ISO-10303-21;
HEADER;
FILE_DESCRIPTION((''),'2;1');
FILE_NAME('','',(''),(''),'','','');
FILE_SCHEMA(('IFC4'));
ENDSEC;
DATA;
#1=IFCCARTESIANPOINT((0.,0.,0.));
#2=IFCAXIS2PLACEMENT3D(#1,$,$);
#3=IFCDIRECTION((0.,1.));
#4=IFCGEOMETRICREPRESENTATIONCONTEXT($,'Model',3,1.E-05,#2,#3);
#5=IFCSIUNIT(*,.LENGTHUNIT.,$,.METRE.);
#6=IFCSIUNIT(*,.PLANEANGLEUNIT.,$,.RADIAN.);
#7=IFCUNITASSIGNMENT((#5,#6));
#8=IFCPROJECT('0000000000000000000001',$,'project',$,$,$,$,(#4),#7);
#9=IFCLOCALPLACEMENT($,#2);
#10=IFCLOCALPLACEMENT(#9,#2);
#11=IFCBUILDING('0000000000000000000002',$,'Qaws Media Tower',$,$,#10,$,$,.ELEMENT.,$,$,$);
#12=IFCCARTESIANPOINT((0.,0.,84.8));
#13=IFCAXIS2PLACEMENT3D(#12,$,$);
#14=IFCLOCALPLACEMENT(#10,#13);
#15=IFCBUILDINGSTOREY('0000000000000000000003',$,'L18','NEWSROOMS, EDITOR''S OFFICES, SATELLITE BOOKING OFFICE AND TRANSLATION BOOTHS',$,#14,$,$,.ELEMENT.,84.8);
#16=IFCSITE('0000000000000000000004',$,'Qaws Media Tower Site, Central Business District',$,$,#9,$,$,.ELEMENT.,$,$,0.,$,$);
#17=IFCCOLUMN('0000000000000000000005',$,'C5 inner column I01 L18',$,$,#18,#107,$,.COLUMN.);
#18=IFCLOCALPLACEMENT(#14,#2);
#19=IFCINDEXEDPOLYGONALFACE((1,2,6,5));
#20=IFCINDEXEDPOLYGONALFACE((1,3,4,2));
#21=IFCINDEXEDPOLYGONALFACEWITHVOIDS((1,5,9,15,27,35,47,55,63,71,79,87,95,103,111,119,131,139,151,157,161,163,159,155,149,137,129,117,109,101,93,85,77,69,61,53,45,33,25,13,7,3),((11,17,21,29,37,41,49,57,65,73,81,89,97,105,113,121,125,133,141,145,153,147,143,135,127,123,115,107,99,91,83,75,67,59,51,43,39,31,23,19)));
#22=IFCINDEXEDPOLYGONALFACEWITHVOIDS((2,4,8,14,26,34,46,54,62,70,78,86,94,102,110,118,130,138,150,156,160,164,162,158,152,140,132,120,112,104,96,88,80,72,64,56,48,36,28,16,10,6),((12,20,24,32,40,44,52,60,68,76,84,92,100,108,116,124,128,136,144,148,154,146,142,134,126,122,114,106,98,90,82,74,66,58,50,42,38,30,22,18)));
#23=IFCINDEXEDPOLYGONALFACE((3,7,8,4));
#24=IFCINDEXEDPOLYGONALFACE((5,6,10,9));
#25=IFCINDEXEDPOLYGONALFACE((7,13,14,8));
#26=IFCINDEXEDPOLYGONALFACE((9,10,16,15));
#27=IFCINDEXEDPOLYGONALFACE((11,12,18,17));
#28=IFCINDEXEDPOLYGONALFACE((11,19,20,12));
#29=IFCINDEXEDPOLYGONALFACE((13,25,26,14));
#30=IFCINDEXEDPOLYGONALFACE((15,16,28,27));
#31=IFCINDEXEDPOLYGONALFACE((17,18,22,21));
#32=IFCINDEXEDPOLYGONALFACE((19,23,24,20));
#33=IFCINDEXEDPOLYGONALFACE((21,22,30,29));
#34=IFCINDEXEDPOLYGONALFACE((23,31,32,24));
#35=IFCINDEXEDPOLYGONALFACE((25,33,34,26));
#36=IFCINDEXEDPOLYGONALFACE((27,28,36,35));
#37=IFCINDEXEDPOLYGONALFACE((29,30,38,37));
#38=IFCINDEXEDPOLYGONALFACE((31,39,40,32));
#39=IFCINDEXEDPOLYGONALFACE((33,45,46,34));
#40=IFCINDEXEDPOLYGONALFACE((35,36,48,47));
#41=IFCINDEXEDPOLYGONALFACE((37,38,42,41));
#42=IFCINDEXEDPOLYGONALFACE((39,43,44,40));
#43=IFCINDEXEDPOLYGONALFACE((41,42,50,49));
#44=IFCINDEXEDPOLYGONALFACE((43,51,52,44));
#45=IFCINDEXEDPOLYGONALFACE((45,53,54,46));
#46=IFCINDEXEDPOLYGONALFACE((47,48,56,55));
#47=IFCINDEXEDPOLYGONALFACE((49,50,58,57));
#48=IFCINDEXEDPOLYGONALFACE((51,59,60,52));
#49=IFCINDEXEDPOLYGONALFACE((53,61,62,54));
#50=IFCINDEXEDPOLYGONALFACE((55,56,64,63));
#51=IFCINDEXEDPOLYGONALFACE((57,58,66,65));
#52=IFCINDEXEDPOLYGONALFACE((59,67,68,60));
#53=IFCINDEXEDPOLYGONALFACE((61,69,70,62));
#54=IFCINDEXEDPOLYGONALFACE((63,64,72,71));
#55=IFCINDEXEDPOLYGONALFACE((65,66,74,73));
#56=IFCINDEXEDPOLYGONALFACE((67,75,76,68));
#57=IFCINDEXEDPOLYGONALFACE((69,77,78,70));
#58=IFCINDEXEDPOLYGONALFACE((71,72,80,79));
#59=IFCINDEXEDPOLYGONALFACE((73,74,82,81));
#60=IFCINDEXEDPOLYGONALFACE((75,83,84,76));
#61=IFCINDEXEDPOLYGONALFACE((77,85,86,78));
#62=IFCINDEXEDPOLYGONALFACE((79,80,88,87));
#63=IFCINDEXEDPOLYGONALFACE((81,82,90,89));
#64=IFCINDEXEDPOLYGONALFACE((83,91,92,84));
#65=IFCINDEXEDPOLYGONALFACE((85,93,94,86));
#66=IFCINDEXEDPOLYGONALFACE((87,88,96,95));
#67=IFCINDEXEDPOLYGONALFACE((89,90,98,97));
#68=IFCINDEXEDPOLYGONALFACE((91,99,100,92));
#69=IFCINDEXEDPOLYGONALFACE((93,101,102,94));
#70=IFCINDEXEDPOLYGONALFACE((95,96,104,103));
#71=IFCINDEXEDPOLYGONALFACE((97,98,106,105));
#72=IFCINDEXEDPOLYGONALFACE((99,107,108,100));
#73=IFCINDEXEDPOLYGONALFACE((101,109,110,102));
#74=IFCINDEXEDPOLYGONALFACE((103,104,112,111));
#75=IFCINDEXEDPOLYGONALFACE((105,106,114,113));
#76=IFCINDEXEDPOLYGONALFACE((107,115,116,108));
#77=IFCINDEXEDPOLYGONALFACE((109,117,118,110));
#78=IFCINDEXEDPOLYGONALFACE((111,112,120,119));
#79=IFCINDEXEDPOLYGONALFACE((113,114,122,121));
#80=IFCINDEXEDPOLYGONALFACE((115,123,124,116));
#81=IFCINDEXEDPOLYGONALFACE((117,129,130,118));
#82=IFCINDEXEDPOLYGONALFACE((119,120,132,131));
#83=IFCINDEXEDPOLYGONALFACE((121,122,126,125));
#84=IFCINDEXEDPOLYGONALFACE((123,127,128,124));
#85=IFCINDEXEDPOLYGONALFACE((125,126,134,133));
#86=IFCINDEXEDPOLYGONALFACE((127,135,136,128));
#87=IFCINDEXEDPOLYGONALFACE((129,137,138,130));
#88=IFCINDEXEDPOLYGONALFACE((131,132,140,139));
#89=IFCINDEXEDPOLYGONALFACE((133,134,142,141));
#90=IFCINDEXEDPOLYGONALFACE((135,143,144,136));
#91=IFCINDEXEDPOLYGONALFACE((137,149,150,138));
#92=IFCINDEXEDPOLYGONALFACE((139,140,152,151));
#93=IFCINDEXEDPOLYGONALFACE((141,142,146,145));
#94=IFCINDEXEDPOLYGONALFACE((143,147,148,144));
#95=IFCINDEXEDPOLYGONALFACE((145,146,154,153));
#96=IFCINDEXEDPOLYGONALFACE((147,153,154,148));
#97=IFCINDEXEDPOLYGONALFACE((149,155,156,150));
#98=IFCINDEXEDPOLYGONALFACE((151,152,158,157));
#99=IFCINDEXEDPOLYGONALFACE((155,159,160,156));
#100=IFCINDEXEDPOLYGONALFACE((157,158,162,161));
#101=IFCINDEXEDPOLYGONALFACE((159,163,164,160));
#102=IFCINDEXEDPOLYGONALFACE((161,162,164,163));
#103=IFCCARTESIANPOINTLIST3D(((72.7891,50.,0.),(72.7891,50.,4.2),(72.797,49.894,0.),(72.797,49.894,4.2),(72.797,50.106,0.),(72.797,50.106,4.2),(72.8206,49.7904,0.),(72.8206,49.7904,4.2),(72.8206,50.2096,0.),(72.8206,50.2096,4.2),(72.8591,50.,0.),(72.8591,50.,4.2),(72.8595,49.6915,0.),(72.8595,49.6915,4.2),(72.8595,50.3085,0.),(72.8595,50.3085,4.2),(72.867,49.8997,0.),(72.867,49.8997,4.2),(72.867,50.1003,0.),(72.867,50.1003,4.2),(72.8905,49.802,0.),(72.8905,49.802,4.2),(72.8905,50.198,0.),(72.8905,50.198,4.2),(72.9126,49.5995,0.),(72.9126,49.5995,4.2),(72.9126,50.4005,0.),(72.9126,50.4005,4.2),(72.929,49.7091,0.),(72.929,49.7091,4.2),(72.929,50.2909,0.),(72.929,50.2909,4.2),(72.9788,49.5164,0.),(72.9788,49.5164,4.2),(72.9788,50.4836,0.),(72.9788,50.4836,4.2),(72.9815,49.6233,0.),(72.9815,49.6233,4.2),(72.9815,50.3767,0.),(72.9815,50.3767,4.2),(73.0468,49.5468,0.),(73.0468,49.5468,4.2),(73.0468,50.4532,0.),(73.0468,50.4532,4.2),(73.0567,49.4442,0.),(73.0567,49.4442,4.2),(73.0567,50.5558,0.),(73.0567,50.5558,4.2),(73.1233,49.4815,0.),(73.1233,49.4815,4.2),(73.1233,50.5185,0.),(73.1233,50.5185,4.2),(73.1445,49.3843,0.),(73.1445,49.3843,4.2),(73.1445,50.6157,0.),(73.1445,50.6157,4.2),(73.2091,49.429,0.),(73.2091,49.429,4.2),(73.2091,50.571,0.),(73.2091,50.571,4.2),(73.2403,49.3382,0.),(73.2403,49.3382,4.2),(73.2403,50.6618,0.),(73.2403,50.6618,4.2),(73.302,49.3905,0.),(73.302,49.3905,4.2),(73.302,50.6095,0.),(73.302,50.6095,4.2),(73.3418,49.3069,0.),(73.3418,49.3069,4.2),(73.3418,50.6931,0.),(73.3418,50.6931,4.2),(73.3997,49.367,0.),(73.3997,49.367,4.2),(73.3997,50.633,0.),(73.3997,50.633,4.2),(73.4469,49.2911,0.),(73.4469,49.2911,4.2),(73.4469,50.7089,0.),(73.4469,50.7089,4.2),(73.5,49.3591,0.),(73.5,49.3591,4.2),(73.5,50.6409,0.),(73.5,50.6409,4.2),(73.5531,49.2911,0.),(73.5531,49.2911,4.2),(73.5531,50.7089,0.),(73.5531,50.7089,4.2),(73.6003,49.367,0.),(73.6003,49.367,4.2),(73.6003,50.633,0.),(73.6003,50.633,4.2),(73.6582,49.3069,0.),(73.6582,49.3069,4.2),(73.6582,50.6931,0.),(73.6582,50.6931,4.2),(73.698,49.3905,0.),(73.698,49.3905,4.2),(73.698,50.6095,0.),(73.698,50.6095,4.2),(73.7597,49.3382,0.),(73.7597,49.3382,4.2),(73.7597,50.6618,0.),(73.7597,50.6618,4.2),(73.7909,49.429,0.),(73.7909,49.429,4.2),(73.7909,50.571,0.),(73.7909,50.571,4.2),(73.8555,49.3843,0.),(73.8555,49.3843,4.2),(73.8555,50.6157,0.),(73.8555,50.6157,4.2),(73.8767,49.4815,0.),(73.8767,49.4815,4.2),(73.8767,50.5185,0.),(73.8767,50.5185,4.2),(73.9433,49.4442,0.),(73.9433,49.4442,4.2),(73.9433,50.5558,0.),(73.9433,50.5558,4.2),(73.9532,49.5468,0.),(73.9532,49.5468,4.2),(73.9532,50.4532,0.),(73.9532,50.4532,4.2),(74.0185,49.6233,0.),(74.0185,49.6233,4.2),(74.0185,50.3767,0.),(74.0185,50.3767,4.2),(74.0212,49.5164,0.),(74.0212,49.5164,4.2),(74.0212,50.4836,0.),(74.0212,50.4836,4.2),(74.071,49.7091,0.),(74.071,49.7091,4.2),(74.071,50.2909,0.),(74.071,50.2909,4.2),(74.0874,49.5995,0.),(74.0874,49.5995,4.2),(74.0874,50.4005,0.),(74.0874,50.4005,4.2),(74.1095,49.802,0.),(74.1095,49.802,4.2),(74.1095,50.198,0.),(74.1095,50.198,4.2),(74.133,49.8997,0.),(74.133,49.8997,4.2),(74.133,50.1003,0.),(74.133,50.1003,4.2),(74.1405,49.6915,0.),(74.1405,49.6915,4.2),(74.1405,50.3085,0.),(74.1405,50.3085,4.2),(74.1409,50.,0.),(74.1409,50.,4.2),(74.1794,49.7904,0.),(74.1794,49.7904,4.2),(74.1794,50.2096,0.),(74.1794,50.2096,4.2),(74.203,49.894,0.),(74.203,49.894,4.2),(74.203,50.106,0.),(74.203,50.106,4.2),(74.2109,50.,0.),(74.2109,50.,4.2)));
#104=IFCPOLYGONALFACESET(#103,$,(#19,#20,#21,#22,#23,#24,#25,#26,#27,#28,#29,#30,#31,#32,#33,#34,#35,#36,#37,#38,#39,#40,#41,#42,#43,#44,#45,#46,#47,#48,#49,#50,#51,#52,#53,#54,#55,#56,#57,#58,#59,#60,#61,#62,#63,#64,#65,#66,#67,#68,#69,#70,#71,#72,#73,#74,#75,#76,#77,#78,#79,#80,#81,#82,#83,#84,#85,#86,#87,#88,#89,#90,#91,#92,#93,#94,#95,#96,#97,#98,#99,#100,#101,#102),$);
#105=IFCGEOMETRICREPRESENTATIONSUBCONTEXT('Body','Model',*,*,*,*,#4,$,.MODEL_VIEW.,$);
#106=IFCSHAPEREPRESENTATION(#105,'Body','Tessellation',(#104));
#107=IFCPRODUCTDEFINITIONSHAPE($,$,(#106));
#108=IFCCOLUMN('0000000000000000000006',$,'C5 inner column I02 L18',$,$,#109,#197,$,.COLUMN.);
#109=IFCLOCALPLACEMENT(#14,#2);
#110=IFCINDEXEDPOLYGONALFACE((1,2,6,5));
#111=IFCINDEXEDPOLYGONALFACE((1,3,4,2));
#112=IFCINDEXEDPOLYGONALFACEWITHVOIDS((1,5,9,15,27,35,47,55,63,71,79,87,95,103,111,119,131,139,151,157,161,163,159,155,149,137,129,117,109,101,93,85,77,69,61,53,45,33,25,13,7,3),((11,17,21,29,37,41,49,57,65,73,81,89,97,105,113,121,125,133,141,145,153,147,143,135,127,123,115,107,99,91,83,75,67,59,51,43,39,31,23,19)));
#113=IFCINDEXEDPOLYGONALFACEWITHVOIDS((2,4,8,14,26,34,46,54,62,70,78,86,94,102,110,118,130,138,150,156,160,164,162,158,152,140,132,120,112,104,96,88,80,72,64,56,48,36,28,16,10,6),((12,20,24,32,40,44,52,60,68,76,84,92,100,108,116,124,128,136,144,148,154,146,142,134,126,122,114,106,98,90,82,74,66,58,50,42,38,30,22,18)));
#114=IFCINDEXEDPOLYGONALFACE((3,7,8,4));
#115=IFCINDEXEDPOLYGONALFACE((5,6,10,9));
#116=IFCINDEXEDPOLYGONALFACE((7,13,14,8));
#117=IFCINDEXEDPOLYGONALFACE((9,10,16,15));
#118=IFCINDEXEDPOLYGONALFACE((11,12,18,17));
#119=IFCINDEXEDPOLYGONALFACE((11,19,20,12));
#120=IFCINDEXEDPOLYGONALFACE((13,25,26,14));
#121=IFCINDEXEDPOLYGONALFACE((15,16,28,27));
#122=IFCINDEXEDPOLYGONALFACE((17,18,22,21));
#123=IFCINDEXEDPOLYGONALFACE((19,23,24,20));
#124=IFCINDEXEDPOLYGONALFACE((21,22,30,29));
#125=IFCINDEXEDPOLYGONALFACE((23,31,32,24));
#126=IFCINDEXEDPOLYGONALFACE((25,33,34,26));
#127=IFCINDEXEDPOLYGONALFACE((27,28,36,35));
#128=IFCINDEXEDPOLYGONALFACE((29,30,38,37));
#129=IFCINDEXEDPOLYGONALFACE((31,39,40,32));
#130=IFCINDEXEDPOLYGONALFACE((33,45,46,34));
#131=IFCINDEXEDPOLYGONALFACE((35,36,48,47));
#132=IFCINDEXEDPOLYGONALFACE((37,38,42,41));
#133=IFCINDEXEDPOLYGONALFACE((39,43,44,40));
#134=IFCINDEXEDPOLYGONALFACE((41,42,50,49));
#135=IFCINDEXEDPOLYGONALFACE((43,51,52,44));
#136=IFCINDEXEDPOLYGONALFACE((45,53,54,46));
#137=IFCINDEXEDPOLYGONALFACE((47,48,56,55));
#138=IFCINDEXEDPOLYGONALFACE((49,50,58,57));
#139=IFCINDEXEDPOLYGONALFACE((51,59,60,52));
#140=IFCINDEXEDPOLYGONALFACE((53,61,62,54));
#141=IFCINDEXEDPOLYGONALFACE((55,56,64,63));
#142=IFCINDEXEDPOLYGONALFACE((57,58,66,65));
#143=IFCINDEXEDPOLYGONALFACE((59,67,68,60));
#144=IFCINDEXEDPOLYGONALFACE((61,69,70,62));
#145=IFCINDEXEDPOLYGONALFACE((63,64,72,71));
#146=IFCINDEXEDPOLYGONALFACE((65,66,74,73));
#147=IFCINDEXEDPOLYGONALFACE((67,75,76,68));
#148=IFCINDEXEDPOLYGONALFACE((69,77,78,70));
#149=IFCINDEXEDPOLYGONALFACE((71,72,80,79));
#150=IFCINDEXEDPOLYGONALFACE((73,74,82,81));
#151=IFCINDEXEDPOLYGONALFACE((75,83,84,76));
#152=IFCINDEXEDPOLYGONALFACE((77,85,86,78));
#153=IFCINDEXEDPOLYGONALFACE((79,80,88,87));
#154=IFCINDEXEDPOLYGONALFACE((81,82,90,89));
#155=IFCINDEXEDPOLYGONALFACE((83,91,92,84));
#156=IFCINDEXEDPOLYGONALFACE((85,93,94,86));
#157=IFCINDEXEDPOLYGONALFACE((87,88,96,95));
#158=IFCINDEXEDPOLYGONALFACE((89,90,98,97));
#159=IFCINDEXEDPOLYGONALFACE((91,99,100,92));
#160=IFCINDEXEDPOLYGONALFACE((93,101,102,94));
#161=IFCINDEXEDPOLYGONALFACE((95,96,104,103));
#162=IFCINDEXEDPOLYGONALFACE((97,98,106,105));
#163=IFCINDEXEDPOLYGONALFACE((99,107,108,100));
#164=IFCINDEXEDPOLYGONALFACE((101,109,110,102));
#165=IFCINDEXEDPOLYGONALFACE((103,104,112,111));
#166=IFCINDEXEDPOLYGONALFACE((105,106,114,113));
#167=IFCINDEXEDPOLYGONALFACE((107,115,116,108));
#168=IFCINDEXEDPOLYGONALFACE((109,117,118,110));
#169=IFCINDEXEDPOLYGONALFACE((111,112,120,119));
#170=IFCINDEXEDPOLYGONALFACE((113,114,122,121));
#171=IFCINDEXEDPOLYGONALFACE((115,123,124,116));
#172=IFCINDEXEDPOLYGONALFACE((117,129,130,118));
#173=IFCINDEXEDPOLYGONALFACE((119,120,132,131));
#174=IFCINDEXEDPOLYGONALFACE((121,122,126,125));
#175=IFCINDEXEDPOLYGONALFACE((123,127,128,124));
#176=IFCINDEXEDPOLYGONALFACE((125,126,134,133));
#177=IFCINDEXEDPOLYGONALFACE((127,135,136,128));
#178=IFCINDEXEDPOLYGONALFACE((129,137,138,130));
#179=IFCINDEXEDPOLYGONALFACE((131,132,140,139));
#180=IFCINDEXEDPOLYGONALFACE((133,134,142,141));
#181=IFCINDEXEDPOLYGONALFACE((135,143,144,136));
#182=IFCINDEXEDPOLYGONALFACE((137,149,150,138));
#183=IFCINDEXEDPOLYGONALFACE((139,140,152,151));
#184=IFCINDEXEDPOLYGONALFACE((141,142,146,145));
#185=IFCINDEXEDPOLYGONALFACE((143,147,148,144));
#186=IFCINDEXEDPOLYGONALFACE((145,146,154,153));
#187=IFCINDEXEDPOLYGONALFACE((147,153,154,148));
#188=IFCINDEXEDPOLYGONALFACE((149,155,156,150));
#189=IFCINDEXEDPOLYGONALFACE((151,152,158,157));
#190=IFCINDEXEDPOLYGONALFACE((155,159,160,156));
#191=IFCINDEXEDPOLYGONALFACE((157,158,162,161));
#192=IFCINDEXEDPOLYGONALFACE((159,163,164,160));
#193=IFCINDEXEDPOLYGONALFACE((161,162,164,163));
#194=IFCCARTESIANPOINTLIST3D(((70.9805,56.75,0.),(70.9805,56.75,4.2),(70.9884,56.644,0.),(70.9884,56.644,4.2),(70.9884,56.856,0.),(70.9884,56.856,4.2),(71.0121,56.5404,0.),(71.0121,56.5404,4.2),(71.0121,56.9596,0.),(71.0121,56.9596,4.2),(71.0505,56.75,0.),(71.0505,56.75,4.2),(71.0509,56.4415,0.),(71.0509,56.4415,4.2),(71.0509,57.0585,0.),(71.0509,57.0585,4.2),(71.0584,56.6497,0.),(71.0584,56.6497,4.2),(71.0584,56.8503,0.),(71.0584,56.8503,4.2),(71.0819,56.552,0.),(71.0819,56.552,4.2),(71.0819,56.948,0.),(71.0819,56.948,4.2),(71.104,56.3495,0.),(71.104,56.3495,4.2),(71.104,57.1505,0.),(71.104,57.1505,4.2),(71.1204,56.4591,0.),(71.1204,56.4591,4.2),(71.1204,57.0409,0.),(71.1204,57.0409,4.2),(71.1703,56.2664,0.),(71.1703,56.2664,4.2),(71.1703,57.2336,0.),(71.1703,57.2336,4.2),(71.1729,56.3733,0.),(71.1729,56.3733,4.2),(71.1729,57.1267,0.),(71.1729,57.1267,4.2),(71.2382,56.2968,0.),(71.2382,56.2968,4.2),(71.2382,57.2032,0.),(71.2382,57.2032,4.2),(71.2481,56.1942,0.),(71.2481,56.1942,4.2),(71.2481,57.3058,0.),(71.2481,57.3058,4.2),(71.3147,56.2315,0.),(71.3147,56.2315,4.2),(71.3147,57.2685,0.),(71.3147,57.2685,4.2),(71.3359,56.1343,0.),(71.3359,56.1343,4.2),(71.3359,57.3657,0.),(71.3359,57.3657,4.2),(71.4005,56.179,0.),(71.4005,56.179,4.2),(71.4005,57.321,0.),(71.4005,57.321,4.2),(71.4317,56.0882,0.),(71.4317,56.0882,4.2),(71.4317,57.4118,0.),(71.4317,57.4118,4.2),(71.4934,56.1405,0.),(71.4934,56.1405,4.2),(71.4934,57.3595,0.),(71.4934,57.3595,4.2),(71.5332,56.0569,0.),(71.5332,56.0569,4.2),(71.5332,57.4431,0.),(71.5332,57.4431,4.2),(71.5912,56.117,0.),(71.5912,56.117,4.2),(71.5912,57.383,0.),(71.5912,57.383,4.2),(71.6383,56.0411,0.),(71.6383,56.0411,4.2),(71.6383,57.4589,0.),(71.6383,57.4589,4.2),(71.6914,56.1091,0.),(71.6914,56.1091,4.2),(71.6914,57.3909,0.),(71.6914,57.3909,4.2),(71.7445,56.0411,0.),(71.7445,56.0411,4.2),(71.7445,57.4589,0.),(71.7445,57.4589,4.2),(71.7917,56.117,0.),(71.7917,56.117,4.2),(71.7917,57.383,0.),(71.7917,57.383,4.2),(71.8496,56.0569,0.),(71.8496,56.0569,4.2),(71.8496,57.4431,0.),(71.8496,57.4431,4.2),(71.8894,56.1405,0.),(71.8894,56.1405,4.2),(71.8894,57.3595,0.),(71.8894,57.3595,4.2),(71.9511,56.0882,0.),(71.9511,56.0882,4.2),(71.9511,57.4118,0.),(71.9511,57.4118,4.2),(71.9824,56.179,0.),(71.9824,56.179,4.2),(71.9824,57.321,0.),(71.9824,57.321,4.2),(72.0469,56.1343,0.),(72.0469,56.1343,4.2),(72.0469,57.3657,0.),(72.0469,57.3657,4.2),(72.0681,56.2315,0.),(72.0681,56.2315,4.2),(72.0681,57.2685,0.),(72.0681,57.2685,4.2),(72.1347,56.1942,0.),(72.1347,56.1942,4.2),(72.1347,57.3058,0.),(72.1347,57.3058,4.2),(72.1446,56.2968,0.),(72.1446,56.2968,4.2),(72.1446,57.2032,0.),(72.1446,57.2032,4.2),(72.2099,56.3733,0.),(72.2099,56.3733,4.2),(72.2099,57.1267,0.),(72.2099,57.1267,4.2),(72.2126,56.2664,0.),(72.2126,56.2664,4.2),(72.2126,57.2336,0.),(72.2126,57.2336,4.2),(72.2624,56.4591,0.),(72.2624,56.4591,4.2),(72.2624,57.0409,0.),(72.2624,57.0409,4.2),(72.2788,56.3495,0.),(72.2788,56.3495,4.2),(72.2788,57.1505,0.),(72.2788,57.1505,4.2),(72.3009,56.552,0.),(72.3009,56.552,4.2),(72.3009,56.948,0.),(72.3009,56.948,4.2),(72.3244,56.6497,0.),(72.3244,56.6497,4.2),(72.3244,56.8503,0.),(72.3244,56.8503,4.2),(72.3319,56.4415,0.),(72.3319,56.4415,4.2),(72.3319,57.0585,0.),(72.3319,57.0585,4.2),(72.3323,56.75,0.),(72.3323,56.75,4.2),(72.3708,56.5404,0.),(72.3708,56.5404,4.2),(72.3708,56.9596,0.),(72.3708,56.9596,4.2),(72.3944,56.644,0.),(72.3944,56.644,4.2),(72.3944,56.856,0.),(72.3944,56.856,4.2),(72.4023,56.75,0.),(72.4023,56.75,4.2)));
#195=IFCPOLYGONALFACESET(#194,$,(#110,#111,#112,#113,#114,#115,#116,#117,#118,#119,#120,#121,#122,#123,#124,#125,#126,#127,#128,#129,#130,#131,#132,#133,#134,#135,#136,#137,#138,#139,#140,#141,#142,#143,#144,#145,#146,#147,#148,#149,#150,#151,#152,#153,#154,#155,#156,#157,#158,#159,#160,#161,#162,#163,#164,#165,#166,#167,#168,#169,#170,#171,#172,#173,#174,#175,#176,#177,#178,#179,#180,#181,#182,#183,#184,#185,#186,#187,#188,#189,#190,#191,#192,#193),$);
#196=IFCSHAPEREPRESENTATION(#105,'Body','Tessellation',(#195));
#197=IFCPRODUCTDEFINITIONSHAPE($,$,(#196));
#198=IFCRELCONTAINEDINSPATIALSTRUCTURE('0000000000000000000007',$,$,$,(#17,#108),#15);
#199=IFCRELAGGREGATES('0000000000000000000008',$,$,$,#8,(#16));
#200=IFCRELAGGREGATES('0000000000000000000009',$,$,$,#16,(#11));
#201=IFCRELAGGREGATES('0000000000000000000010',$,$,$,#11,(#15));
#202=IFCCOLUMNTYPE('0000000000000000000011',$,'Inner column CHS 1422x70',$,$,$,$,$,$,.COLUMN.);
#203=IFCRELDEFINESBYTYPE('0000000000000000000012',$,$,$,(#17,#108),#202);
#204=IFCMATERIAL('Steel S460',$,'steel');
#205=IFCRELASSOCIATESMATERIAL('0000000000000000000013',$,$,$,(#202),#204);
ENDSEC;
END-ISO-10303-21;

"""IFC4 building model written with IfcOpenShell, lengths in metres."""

from ifc_helpers import new_model, si_unit, direction, frame, origin, origin_2d, place, context, subcontext, project, spatial, hollow_circle, extrude, material, material_profile, profile_set, type_object, element, save


model = new_model("IFC4")

# Units and contexts
model_context = context("Model", 3, precision=1e-05, world=origin(), true_north=direction((0.0, 1.0)))
body_context = subcontext(model_context, "Body", "Model", "MODEL_VIEW")
ifc_project = project(units=[si_unit("LENGTHUNIT", "METRE"), si_unit("PLANEANGLEUNIT", "RADIAN")], contexts=[model_context])

# Site, building, storey
site_placement = place(None, origin())
site = spatial("IfcSite", under=ifc_project, at=site_placement, Name="Qaws Media Tower Site, Central Business District", CompositionType="ELEMENT", RefElevation=0.0)
building_placement = place(site_placement, origin())
building = spatial("IfcBuilding", under=site, at=building_placement, Name="Qaws Media Tower", CompositionType="ELEMENT")
storey_placement = place(building_placement, frame((0.0, 0.0, 84.8)))
storey = spatial("IfcBuildingStorey", under=building, at=storey_placement, Name="L18", Description="NEWSROOMS, EDITOR'S OFFICES, SATELLITE BOOKING OFFICE AND TRANSLATION BOOTHS", CompositionType="ELEMENT", Elevation=84.8)

# Columns
ifc_material_1 = material(Name="Steel S460", Category="steel")
ifc_material_profile_1 = material_profile(ifc_material_1, hollow_circle(Radius=0.7109, WallThickness=0.0701, at=origin_2d()), Name="CHS 1422x70")
ifc_profile_set_1 = profile_set([ifc_material_profile_1], Name="Steel S460")
column_type = type_object("IfcColumnType", Name="Inner column CHS 1422x70", PredefinedType="COLUMN", material=ifc_profile_set_1)
for number, where, z_axis, x_axis, name in (
    (1, (73.5, 50.0, 0.0), (0.0, 0.0, 1.0), (1.0, 0.0, 0.0), "C5 inner column I01 L18"),
    (2, (71.6914, 56.75, 0.0), (0.0, 0.0, 1.0), (1.0, 0.0, 0.0), "C5 inner column I02 L18"),
):
    element("IfcColumn", number, at=place(storey_placement, frame(where, z_axis=z_axis, x_axis=x_axis)), inside=storey, type_object=column_type, Name=name, PredefinedType="COLUMN", context=body_context, shape_type="SweptSolid", body=[
        extrude(hollow_circle(Radius=0.7109, WallThickness=0.0701, at=origin_2d()), origin(), (0.0, 0.0, 1.0), 4.2),
    ])

save(model, "model.ifc")
